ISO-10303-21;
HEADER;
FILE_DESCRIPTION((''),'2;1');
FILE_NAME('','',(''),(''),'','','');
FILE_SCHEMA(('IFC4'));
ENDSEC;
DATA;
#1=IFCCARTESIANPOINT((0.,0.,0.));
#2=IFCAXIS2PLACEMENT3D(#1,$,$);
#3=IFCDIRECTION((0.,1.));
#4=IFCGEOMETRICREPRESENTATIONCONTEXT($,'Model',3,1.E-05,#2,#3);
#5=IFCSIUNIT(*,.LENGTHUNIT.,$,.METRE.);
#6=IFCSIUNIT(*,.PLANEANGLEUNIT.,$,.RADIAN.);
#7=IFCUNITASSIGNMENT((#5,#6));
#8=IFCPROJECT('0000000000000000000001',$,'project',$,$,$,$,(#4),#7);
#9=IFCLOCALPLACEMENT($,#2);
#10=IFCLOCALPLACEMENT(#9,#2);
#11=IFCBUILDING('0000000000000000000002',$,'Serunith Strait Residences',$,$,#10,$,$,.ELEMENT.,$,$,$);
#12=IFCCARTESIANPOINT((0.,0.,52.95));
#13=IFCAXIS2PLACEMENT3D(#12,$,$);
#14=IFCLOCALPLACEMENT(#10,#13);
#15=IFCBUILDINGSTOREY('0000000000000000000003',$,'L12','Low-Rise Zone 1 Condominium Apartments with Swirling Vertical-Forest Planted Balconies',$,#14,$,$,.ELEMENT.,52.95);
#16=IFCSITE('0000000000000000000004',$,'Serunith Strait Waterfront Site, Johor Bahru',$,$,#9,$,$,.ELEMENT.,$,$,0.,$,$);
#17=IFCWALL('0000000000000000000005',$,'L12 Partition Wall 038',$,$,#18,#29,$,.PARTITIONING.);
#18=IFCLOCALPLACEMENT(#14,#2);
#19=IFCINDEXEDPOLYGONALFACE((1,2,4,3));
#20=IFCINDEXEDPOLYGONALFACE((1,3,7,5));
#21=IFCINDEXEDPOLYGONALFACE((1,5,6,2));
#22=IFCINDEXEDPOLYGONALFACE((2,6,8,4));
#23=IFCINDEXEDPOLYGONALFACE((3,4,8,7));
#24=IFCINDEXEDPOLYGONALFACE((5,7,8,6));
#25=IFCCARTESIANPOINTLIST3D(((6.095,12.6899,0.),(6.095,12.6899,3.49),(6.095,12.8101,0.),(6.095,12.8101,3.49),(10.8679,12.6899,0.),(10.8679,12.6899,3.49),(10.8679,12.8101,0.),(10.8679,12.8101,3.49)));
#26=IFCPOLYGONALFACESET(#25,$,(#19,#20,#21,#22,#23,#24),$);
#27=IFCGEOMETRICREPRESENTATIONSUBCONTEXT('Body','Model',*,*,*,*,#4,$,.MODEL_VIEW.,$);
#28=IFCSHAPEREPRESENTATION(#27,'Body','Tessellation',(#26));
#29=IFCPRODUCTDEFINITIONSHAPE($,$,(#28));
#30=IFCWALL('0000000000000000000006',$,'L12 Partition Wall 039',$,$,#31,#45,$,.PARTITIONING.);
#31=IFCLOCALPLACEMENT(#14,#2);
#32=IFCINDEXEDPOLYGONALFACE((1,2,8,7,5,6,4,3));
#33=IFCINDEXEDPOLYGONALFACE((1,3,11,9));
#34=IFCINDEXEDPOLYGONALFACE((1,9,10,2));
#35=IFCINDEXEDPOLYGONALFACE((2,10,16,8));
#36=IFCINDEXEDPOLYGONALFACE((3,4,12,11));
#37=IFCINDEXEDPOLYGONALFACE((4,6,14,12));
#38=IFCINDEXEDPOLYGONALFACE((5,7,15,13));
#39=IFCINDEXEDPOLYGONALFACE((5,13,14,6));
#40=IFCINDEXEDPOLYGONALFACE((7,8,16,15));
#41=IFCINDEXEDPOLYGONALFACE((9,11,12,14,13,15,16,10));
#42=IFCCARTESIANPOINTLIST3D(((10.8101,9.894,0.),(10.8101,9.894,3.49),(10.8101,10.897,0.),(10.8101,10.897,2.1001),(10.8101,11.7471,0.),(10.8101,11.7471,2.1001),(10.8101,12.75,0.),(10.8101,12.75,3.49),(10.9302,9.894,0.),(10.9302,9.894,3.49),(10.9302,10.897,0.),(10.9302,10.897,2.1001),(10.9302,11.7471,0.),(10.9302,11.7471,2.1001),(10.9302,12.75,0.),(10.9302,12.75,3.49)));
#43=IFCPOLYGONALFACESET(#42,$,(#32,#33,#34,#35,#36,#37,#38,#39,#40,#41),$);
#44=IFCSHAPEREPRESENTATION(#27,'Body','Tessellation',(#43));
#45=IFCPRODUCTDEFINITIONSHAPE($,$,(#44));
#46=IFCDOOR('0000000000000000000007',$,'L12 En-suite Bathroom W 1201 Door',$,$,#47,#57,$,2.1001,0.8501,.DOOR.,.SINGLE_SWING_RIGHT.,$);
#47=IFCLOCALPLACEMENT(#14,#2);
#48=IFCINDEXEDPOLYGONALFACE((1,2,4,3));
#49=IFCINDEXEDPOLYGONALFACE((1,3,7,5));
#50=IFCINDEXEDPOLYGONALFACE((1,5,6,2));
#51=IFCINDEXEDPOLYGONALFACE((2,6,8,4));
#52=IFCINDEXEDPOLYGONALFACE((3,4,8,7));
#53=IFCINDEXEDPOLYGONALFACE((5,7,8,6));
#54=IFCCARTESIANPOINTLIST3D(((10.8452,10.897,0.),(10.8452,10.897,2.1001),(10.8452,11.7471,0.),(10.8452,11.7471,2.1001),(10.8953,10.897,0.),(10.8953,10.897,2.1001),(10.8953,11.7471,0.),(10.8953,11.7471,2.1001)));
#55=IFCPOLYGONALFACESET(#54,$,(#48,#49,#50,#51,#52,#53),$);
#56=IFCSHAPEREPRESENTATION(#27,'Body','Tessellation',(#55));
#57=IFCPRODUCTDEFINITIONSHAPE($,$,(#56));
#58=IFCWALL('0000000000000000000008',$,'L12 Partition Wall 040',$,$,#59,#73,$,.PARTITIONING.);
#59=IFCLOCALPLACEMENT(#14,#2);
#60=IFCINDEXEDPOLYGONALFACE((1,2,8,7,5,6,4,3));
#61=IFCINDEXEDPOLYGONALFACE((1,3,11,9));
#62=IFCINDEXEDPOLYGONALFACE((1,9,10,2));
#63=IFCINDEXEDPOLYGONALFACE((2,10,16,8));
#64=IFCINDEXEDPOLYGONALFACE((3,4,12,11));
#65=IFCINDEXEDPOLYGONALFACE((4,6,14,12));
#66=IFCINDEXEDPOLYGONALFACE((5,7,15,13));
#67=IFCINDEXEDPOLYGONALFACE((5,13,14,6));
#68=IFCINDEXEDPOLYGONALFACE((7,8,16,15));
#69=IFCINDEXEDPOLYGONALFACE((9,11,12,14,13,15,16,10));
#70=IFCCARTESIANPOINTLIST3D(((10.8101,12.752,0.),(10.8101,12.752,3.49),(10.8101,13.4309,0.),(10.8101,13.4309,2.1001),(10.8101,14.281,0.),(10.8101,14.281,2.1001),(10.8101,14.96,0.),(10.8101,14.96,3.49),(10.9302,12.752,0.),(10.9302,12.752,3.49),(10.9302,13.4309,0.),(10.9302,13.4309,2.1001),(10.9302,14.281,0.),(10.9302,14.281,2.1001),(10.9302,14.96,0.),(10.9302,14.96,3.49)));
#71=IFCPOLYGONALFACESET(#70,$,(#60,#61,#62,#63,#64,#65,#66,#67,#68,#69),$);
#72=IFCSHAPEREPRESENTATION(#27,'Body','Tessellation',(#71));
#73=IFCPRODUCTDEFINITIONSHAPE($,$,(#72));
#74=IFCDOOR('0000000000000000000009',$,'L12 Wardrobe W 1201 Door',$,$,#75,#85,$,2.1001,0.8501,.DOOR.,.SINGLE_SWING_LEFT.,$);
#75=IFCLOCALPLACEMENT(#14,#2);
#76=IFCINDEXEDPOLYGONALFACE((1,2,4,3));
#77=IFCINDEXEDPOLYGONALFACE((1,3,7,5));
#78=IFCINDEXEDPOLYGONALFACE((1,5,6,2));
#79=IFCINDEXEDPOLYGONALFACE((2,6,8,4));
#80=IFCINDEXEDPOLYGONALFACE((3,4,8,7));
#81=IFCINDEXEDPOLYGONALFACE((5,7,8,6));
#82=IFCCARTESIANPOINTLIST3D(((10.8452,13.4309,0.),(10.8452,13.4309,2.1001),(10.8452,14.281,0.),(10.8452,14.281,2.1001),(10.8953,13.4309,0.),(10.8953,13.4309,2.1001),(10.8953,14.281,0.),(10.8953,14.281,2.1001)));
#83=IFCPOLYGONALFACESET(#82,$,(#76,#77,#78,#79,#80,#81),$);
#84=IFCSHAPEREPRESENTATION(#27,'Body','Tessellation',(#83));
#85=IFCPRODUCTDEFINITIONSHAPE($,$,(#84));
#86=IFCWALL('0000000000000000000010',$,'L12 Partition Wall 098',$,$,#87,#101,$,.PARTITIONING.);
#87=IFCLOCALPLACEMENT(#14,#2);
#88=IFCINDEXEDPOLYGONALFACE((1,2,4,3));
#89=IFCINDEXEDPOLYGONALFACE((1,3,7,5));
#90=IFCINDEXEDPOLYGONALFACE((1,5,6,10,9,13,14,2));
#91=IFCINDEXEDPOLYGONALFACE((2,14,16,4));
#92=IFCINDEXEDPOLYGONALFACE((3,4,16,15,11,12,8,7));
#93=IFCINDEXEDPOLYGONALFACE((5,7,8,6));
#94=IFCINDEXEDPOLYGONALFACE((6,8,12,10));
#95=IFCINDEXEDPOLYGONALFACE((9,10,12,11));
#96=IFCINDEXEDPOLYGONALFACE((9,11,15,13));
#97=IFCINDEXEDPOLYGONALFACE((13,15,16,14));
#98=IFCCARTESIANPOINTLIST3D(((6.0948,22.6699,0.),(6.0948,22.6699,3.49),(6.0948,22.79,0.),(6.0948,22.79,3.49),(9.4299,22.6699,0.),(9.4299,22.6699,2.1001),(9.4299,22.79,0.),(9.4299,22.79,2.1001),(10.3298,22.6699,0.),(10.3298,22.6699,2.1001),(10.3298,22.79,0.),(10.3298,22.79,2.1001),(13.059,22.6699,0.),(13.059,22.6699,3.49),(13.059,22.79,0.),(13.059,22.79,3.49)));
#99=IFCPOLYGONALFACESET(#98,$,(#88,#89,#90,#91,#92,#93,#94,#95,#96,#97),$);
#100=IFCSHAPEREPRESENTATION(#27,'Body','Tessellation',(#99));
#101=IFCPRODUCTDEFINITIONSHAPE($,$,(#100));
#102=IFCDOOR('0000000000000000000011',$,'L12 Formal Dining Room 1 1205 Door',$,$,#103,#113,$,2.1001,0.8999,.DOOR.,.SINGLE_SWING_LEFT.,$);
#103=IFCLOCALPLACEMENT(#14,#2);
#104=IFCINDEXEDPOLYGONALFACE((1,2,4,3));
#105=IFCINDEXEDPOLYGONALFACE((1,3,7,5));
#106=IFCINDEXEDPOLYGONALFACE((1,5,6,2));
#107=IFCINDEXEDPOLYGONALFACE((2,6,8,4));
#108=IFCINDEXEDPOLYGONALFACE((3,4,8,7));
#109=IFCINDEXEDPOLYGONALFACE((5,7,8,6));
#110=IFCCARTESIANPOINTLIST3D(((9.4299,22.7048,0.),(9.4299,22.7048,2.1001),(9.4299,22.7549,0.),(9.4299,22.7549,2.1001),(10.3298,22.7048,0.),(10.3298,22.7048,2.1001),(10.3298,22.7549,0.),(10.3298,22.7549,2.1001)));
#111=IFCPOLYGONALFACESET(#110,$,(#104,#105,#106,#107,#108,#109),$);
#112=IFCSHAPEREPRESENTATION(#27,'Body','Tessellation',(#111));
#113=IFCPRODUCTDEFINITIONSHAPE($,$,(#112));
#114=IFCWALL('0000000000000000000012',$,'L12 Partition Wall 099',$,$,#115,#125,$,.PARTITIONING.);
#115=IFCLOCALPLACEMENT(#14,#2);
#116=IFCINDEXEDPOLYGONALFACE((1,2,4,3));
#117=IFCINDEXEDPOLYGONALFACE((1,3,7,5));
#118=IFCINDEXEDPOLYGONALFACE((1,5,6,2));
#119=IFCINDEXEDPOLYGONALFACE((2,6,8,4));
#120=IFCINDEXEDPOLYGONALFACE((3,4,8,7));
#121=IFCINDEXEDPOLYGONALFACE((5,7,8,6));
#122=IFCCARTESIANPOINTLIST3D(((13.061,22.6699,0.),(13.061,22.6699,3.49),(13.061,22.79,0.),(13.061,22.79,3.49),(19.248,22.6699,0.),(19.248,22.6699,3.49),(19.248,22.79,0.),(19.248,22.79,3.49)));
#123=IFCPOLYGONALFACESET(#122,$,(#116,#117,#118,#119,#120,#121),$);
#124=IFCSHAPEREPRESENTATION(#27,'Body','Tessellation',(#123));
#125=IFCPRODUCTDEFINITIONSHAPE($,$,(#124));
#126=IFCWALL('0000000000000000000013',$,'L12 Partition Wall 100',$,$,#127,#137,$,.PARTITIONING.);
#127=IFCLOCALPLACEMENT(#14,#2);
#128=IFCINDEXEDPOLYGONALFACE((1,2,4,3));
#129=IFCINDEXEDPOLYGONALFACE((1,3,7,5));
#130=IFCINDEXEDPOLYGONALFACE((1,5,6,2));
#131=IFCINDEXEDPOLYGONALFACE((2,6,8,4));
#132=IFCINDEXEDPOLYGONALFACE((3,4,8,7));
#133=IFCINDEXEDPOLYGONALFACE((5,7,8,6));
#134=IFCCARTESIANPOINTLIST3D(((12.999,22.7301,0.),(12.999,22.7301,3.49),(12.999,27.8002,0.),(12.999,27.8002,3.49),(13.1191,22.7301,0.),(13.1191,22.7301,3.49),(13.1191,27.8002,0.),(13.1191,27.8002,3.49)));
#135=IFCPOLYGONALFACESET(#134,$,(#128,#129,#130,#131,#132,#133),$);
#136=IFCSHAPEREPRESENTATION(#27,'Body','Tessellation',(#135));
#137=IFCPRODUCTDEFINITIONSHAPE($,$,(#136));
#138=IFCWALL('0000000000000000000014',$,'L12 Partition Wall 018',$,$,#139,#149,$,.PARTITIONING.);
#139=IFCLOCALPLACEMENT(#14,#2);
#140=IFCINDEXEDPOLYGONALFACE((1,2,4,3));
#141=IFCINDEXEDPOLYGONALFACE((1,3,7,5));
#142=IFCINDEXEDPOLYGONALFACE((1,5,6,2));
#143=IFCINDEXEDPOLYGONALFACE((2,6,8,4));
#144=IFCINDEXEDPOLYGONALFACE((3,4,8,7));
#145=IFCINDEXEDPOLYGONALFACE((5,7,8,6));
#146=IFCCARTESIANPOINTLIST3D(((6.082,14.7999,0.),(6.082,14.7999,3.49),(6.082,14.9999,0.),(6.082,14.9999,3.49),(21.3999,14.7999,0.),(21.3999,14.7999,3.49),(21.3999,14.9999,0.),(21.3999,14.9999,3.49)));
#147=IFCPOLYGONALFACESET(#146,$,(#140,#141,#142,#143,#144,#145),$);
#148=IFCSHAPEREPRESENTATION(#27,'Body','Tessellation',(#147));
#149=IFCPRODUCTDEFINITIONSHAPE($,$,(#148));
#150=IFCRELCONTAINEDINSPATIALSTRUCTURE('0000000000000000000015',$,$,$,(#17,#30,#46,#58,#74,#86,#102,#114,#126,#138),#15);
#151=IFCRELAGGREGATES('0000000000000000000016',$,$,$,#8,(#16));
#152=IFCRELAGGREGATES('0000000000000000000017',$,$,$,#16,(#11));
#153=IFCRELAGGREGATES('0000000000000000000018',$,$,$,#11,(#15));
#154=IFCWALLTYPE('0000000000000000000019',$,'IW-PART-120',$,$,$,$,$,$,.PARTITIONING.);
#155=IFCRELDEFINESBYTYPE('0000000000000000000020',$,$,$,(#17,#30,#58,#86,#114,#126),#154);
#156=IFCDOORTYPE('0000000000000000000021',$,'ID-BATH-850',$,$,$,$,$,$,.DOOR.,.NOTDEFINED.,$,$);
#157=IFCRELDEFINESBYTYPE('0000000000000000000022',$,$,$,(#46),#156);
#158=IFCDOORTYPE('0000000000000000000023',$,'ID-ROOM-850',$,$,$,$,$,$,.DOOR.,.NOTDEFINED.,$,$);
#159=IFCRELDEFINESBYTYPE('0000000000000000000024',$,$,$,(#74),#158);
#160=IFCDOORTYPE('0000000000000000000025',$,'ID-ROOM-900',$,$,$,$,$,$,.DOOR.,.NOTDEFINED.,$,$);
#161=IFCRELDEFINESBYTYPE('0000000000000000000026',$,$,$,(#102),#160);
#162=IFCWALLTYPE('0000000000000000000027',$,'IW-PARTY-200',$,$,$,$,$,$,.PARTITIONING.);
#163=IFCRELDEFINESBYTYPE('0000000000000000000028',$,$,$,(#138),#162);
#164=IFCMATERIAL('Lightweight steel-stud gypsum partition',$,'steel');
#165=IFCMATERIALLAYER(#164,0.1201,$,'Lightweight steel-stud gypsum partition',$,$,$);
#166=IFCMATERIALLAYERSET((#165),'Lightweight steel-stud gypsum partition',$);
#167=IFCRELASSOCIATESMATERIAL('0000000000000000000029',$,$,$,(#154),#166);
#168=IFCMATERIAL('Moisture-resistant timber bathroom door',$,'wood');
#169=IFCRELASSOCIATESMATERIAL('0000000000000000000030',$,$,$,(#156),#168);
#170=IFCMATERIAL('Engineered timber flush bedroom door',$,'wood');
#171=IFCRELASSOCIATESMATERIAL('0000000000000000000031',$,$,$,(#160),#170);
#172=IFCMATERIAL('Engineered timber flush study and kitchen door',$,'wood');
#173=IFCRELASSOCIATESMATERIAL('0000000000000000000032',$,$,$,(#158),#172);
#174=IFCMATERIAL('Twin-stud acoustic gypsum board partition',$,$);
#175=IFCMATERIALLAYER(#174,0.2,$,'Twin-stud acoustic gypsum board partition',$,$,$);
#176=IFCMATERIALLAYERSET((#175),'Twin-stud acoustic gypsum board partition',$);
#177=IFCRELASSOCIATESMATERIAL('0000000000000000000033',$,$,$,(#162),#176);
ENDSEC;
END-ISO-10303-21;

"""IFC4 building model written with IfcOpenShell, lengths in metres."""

from ifc_helpers import new_model, si_unit, direction, frame, frame_2d, origin, place, context, subcontext, project, spatial, rectangle, extrude, source, transform, mapped, material, layer, layer_set, type_object, element, fill, save


model = new_model("IFC4")

# Units and contexts
model_context = context("Model", 3, precision=1e-05, world=origin(), true_north=direction((0.0, 1.0)))
body_context = subcontext(model_context, "Body", "Model", "MODEL_VIEW")
ifc_project = project(units=[si_unit("LENGTHUNIT", "METRE"), si_unit("PLANEANGLEUNIT", "RADIAN")], contexts=[model_context])

# Site, building, storey
site_placement = place(None, origin())
site = spatial("IfcSite", under=ifc_project, at=site_placement, Name="Serunith Strait Waterfront Site, Johor Bahru", CompositionType="ELEMENT", RefElevation=0.0)
building_placement = place(site_placement, origin())
building = spatial("IfcBuilding", under=site, at=building_placement, Name="Serunith Strait Residences", CompositionType="ELEMENT")
storey_placement = place(building_placement, frame((0.0, 0.0, 52.95)))
storey = spatial("IfcBuildingStorey", under=building, at=storey_placement, Name="L12", Description="Low-Rise Zone 1 Condominium Apartments with Swirling Vertical-Forest Planted Balconies", CompositionType="ELEMENT", Elevation=52.95)

# Shared definitions
ifc_material_1 = material(Name="Lightweight steel-stud gypsum partition", Category="steel")
ifc_layer_1 = layer(ifc_material_1, 0.1201, Name="Lightweight steel-stud gypsum partition")
ifc_layer_set_1 = layer_set([ifc_layer_1], Name="Lightweight steel-stud gypsum partition")
wall_type_1 = type_object("IfcWallType", Name="IW-PART-120", PredefinedType="PARTITIONING", material=ifc_layer_set_1)
ifc_material_2 = material(Name="Moisture-resistant timber bathroom door", Category="wood")
door_type_1 = type_object("IfcDoorType", Name="ID-BATH-850", OperationType="NOTDEFINED", PredefinedType="DOOR", material=ifc_material_2)
shared_shape_1 = source(origin(), body_context, "Body", "SweptSolid", [
    extrude(rectangle(XDim=0.8501, YDim=2.1001, at=frame_2d((0.425, 1.05))), frame((0.0, 0.0249, 0.0), z_axis=(0.0, -1.0, 0.0), x_axis=(1.0, 0.0, 0.0)), (0.0, 0.0, 1.0), 0.05),
])
ifc_material_3 = material(Name="Engineered timber flush bedroom door", Category="wood")
door_type_2 = type_object("IfcDoorType", Name="ID-ROOM-900", OperationType="NOTDEFINED", PredefinedType="DOOR", material=ifc_material_3)
shared_shape_2 = source(origin(), body_context, "Body", "SweptSolid", [
    extrude(rectangle(XDim=0.8999, YDim=2.1001, at=frame_2d((0.45, 1.05))), frame((0.0, 0.0249, 0.0), z_axis=(0.0, -1.0, 0.0), x_axis=(1.0, 0.0, 0.0)), (0.0, 0.0, 1.0), 0.05),
])

# Wall
wall_1_placement = place(storey_placement, frame((6.095, 12.75, 0.0), z_axis=(0.0, 0.0, 1.0), x_axis=(1.0, 0.0, 0.0)))
element("IfcWall", 1, at=wall_1_placement, inside=storey, type_object=wall_type_1, Name="L12 Partition Wall 038", PredefinedType="PARTITIONING", context=body_context, shape_type="SweptSolid", body=[
    extrude(rectangle(XDim=4.7729, YDim=0.1201, at=frame_2d((2.3865, 0.0))), origin(), (0.0, 0.0, 1.0), 3.49),
])

# Walls, openings, doors
wall_2_placement = place(storey_placement, frame((10.8701, 9.894, 0.0), z_axis=(0.0, 0.0, 1.0), x_axis=(0.0, 1.0, 0.0)))
wall_2 = element("IfcWall", 2, at=wall_2_placement, inside=storey, type_object=wall_type_1, Name="L12 Partition Wall 039", PredefinedType="PARTITIONING", context=body_context, shape_type="SweptSolid", body=[
    extrude(rectangle(XDim=2.856, YDim=0.1201, at=frame_2d((1.428, 0.0))), origin(), (0.0, 0.0, 1.0), 3.49),
])
opening_1_placement = place(wall_2_placement, frame((1.0029, 0.0, 0.0)))
opening_1 = element("IfcOpeningElement", 3, at=opening_1_placement, cuts=wall_2, PredefinedType="OPENING", context=body_context, shape_type="SweptSolid", body=[
    extrude(rectangle(XDim=0.8501, YDim=2.1001, at=frame_2d((0.425, 1.05))), frame((0.0, 0.0701, 0.0), z_axis=(0.0, -1.0, 0.0), x_axis=(1.0, 0.0, 0.0)), (0.0, 0.0, 1.0), 0.1401),
])
door_1_placement = place(opening_1_placement, origin())
door_1 = element("IfcDoor", 4, at=door_1_placement, inside=storey, type_object=door_type_1, Name="L12 En-suite Bathroom W 1201 Door", OperationType="SINGLE_SWING_RIGHT", OverallHeight=2.1001, OverallWidth=0.8501, PredefinedType="DOOR", context=body_context, shape_type="MappedRepresentation", body=[
    mapped(shared_shape_1, transform((0.0, 0.0, 0.0), scale=1.0)),
])
fill(opening_1, door_1)
wall_3_placement = place(storey_placement, frame((10.8701, 12.752, 0.0), z_axis=(0.0, 0.0, 1.0), x_axis=(0.0, 1.0, 0.0)))
wall_3 = element("IfcWall", 5, at=wall_3_placement, inside=storey, type_object=wall_type_1, Name="L12 Partition Wall 040", PredefinedType="PARTITIONING", context=body_context, shape_type="SweptSolid", body=[
    extrude(rectangle(XDim=2.208, YDim=0.1201, at=frame_2d((1.104, 0.0))), origin(), (0.0, 0.0, 1.0), 3.49),
])
opening_2_placement = place(wall_3_placement, frame((0.679, 0.0, 0.0)))
opening_2 = element("IfcOpeningElement", 6, at=opening_2_placement, cuts=wall_3, PredefinedType="OPENING", context=body_context, shape_type="SweptSolid", body=[
    extrude(rectangle(XDim=0.8501, YDim=2.1001, at=frame_2d((0.425, 1.05))), frame((0.0, 0.0701, 0.0), z_axis=(0.0, -1.0, 0.0), x_axis=(1.0, 0.0, 0.0)), (0.0, 0.0, 1.0), 0.1401),
])
ifc_material_4 = material(Name="Engineered timber flush study and kitchen door", Category="wood")
door_type_3 = type_object("IfcDoorType", Name="ID-ROOM-850", OperationType="NOTDEFINED", PredefinedType="DOOR", material=ifc_material_4)
door_2_placement = place(opening_2_placement, origin())
door_2 = element("IfcDoor", 7, at=door_2_placement, inside=storey, type_object=door_type_3, Name="L12 Wardrobe W 1201 Door", OperationType="SINGLE_SWING_LEFT", OverallHeight=2.1001, OverallWidth=0.8501, PredefinedType="DOOR", context=body_context, shape_type="MappedRepresentation", body=[
    mapped(shared_shape_1, transform((0.0, 0.0, 0.0), scale=1.0)),
])
fill(opening_2, door_2)
wall_4_placement = place(storey_placement, frame((6.095, 22.73, 0.0), z_axis=(0.0, 0.0, 1.0), x_axis=(1.0, 0.0, 0.0)))
wall_4 = element("IfcWall", 8, at=wall_4_placement, inside=storey, type_object=wall_type_1, Name="L12 Partition Wall 098", PredefinedType="PARTITIONING", context=body_context, shape_type="SweptSolid", body=[
    extrude(rectangle(XDim=6.9641, YDim=0.1201, at=frame_2d((3.4819, 0.0))), origin(), (0.0, 0.0, 1.0), 3.49),
])
opening_3_placement = place(wall_4_placement, frame((3.335, 0.0, 0.0)))
opening_3 = element("IfcOpeningElement", 9, at=opening_3_placement, cuts=wall_4, PredefinedType="OPENING", context=body_context, shape_type="SweptSolid", body=[
    extrude(rectangle(XDim=0.8999, YDim=2.1001, at=frame_2d((0.45, 1.05))), frame((0.0, 0.0701, 0.0), z_axis=(0.0, -1.0, 0.0), x_axis=(1.0, 0.0, 0.0)), (0.0, 0.0, 1.0), 0.1401),
])
door_3_placement = place(opening_3_placement, origin())
door_3 = element("IfcDoor", 10, at=door_3_placement, inside=storey, type_object=door_type_2, Name="L12 Formal Dining Room 1 1205 Door", OperationType="SINGLE_SWING_LEFT", OverallHeight=2.1001, OverallWidth=0.8999, PredefinedType="DOOR", context=body_context, shape_type="MappedRepresentation", body=[
    mapped(shared_shape_2, transform((0.0, 0.0, 0.0), scale=1.0)),
])
fill(opening_3, door_3)

# Walls
wall_5_placement = place(storey_placement, frame((13.061, 22.73, 0.0), z_axis=(0.0, 0.0, 1.0), x_axis=(1.0, 0.0, 0.0)))
element("IfcWall", 11, at=wall_5_placement, inside=storey, type_object=wall_type_1, Name="L12 Partition Wall 099", PredefinedType="PARTITIONING", context=body_context, shape_type="SweptSolid", body=[
    extrude(rectangle(XDim=6.187, YDim=0.1201, at=frame_2d((3.0935, 0.0))), origin(), (0.0, 0.0, 1.0), 3.49),
])
wall_6_placement = place(storey_placement, frame((13.0591, 22.73, 0.0), z_axis=(0.0, 0.0, 1.0), x_axis=(0.0, 1.0, 0.0)))
element("IfcWall", 12, at=wall_6_placement, inside=storey, type_object=wall_type_1, Name="L12 Partition Wall 100", PredefinedType="PARTITIONING", context=body_context, shape_type="SweptSolid", body=[
    extrude(rectangle(XDim=5.0701, YDim=0.1201, at=frame_2d((2.5352, 0.0))), origin(), (0.0, 0.0, 1.0), 3.49),
])
ifc_material_5 = material(Name="Twin-stud acoustic gypsum board partition")
ifc_layer_2 = layer(ifc_material_5, 0.2, Name="Twin-stud acoustic gypsum board partition")
ifc_layer_set_2 = layer_set([ifc_layer_2], Name="Twin-stud acoustic gypsum board partition")
wall_type_2 = type_object("IfcWallType", Name="IW-PARTY-200", PredefinedType="PARTITIONING", material=ifc_layer_set_2)
wall_7_placement = place(storey_placement, frame((6.082, 14.8999, 0.0), z_axis=(0.0, 0.0, 1.0), x_axis=(1.0, 0.0, 0.0)))
element("IfcWall", 13, at=wall_7_placement, inside=storey, type_object=wall_type_2, Name="L12 Partition Wall 018", PredefinedType="PARTITIONING", context=body_context, shape_type="SweptSolid", body=[
    extrude(rectangle(XDim=15.3179, YDim=0.2, at=frame_2d((7.6589, 0.0))), origin(), (0.0, 0.0, 1.0), 3.49),
])

save(model, "model.ifc")
